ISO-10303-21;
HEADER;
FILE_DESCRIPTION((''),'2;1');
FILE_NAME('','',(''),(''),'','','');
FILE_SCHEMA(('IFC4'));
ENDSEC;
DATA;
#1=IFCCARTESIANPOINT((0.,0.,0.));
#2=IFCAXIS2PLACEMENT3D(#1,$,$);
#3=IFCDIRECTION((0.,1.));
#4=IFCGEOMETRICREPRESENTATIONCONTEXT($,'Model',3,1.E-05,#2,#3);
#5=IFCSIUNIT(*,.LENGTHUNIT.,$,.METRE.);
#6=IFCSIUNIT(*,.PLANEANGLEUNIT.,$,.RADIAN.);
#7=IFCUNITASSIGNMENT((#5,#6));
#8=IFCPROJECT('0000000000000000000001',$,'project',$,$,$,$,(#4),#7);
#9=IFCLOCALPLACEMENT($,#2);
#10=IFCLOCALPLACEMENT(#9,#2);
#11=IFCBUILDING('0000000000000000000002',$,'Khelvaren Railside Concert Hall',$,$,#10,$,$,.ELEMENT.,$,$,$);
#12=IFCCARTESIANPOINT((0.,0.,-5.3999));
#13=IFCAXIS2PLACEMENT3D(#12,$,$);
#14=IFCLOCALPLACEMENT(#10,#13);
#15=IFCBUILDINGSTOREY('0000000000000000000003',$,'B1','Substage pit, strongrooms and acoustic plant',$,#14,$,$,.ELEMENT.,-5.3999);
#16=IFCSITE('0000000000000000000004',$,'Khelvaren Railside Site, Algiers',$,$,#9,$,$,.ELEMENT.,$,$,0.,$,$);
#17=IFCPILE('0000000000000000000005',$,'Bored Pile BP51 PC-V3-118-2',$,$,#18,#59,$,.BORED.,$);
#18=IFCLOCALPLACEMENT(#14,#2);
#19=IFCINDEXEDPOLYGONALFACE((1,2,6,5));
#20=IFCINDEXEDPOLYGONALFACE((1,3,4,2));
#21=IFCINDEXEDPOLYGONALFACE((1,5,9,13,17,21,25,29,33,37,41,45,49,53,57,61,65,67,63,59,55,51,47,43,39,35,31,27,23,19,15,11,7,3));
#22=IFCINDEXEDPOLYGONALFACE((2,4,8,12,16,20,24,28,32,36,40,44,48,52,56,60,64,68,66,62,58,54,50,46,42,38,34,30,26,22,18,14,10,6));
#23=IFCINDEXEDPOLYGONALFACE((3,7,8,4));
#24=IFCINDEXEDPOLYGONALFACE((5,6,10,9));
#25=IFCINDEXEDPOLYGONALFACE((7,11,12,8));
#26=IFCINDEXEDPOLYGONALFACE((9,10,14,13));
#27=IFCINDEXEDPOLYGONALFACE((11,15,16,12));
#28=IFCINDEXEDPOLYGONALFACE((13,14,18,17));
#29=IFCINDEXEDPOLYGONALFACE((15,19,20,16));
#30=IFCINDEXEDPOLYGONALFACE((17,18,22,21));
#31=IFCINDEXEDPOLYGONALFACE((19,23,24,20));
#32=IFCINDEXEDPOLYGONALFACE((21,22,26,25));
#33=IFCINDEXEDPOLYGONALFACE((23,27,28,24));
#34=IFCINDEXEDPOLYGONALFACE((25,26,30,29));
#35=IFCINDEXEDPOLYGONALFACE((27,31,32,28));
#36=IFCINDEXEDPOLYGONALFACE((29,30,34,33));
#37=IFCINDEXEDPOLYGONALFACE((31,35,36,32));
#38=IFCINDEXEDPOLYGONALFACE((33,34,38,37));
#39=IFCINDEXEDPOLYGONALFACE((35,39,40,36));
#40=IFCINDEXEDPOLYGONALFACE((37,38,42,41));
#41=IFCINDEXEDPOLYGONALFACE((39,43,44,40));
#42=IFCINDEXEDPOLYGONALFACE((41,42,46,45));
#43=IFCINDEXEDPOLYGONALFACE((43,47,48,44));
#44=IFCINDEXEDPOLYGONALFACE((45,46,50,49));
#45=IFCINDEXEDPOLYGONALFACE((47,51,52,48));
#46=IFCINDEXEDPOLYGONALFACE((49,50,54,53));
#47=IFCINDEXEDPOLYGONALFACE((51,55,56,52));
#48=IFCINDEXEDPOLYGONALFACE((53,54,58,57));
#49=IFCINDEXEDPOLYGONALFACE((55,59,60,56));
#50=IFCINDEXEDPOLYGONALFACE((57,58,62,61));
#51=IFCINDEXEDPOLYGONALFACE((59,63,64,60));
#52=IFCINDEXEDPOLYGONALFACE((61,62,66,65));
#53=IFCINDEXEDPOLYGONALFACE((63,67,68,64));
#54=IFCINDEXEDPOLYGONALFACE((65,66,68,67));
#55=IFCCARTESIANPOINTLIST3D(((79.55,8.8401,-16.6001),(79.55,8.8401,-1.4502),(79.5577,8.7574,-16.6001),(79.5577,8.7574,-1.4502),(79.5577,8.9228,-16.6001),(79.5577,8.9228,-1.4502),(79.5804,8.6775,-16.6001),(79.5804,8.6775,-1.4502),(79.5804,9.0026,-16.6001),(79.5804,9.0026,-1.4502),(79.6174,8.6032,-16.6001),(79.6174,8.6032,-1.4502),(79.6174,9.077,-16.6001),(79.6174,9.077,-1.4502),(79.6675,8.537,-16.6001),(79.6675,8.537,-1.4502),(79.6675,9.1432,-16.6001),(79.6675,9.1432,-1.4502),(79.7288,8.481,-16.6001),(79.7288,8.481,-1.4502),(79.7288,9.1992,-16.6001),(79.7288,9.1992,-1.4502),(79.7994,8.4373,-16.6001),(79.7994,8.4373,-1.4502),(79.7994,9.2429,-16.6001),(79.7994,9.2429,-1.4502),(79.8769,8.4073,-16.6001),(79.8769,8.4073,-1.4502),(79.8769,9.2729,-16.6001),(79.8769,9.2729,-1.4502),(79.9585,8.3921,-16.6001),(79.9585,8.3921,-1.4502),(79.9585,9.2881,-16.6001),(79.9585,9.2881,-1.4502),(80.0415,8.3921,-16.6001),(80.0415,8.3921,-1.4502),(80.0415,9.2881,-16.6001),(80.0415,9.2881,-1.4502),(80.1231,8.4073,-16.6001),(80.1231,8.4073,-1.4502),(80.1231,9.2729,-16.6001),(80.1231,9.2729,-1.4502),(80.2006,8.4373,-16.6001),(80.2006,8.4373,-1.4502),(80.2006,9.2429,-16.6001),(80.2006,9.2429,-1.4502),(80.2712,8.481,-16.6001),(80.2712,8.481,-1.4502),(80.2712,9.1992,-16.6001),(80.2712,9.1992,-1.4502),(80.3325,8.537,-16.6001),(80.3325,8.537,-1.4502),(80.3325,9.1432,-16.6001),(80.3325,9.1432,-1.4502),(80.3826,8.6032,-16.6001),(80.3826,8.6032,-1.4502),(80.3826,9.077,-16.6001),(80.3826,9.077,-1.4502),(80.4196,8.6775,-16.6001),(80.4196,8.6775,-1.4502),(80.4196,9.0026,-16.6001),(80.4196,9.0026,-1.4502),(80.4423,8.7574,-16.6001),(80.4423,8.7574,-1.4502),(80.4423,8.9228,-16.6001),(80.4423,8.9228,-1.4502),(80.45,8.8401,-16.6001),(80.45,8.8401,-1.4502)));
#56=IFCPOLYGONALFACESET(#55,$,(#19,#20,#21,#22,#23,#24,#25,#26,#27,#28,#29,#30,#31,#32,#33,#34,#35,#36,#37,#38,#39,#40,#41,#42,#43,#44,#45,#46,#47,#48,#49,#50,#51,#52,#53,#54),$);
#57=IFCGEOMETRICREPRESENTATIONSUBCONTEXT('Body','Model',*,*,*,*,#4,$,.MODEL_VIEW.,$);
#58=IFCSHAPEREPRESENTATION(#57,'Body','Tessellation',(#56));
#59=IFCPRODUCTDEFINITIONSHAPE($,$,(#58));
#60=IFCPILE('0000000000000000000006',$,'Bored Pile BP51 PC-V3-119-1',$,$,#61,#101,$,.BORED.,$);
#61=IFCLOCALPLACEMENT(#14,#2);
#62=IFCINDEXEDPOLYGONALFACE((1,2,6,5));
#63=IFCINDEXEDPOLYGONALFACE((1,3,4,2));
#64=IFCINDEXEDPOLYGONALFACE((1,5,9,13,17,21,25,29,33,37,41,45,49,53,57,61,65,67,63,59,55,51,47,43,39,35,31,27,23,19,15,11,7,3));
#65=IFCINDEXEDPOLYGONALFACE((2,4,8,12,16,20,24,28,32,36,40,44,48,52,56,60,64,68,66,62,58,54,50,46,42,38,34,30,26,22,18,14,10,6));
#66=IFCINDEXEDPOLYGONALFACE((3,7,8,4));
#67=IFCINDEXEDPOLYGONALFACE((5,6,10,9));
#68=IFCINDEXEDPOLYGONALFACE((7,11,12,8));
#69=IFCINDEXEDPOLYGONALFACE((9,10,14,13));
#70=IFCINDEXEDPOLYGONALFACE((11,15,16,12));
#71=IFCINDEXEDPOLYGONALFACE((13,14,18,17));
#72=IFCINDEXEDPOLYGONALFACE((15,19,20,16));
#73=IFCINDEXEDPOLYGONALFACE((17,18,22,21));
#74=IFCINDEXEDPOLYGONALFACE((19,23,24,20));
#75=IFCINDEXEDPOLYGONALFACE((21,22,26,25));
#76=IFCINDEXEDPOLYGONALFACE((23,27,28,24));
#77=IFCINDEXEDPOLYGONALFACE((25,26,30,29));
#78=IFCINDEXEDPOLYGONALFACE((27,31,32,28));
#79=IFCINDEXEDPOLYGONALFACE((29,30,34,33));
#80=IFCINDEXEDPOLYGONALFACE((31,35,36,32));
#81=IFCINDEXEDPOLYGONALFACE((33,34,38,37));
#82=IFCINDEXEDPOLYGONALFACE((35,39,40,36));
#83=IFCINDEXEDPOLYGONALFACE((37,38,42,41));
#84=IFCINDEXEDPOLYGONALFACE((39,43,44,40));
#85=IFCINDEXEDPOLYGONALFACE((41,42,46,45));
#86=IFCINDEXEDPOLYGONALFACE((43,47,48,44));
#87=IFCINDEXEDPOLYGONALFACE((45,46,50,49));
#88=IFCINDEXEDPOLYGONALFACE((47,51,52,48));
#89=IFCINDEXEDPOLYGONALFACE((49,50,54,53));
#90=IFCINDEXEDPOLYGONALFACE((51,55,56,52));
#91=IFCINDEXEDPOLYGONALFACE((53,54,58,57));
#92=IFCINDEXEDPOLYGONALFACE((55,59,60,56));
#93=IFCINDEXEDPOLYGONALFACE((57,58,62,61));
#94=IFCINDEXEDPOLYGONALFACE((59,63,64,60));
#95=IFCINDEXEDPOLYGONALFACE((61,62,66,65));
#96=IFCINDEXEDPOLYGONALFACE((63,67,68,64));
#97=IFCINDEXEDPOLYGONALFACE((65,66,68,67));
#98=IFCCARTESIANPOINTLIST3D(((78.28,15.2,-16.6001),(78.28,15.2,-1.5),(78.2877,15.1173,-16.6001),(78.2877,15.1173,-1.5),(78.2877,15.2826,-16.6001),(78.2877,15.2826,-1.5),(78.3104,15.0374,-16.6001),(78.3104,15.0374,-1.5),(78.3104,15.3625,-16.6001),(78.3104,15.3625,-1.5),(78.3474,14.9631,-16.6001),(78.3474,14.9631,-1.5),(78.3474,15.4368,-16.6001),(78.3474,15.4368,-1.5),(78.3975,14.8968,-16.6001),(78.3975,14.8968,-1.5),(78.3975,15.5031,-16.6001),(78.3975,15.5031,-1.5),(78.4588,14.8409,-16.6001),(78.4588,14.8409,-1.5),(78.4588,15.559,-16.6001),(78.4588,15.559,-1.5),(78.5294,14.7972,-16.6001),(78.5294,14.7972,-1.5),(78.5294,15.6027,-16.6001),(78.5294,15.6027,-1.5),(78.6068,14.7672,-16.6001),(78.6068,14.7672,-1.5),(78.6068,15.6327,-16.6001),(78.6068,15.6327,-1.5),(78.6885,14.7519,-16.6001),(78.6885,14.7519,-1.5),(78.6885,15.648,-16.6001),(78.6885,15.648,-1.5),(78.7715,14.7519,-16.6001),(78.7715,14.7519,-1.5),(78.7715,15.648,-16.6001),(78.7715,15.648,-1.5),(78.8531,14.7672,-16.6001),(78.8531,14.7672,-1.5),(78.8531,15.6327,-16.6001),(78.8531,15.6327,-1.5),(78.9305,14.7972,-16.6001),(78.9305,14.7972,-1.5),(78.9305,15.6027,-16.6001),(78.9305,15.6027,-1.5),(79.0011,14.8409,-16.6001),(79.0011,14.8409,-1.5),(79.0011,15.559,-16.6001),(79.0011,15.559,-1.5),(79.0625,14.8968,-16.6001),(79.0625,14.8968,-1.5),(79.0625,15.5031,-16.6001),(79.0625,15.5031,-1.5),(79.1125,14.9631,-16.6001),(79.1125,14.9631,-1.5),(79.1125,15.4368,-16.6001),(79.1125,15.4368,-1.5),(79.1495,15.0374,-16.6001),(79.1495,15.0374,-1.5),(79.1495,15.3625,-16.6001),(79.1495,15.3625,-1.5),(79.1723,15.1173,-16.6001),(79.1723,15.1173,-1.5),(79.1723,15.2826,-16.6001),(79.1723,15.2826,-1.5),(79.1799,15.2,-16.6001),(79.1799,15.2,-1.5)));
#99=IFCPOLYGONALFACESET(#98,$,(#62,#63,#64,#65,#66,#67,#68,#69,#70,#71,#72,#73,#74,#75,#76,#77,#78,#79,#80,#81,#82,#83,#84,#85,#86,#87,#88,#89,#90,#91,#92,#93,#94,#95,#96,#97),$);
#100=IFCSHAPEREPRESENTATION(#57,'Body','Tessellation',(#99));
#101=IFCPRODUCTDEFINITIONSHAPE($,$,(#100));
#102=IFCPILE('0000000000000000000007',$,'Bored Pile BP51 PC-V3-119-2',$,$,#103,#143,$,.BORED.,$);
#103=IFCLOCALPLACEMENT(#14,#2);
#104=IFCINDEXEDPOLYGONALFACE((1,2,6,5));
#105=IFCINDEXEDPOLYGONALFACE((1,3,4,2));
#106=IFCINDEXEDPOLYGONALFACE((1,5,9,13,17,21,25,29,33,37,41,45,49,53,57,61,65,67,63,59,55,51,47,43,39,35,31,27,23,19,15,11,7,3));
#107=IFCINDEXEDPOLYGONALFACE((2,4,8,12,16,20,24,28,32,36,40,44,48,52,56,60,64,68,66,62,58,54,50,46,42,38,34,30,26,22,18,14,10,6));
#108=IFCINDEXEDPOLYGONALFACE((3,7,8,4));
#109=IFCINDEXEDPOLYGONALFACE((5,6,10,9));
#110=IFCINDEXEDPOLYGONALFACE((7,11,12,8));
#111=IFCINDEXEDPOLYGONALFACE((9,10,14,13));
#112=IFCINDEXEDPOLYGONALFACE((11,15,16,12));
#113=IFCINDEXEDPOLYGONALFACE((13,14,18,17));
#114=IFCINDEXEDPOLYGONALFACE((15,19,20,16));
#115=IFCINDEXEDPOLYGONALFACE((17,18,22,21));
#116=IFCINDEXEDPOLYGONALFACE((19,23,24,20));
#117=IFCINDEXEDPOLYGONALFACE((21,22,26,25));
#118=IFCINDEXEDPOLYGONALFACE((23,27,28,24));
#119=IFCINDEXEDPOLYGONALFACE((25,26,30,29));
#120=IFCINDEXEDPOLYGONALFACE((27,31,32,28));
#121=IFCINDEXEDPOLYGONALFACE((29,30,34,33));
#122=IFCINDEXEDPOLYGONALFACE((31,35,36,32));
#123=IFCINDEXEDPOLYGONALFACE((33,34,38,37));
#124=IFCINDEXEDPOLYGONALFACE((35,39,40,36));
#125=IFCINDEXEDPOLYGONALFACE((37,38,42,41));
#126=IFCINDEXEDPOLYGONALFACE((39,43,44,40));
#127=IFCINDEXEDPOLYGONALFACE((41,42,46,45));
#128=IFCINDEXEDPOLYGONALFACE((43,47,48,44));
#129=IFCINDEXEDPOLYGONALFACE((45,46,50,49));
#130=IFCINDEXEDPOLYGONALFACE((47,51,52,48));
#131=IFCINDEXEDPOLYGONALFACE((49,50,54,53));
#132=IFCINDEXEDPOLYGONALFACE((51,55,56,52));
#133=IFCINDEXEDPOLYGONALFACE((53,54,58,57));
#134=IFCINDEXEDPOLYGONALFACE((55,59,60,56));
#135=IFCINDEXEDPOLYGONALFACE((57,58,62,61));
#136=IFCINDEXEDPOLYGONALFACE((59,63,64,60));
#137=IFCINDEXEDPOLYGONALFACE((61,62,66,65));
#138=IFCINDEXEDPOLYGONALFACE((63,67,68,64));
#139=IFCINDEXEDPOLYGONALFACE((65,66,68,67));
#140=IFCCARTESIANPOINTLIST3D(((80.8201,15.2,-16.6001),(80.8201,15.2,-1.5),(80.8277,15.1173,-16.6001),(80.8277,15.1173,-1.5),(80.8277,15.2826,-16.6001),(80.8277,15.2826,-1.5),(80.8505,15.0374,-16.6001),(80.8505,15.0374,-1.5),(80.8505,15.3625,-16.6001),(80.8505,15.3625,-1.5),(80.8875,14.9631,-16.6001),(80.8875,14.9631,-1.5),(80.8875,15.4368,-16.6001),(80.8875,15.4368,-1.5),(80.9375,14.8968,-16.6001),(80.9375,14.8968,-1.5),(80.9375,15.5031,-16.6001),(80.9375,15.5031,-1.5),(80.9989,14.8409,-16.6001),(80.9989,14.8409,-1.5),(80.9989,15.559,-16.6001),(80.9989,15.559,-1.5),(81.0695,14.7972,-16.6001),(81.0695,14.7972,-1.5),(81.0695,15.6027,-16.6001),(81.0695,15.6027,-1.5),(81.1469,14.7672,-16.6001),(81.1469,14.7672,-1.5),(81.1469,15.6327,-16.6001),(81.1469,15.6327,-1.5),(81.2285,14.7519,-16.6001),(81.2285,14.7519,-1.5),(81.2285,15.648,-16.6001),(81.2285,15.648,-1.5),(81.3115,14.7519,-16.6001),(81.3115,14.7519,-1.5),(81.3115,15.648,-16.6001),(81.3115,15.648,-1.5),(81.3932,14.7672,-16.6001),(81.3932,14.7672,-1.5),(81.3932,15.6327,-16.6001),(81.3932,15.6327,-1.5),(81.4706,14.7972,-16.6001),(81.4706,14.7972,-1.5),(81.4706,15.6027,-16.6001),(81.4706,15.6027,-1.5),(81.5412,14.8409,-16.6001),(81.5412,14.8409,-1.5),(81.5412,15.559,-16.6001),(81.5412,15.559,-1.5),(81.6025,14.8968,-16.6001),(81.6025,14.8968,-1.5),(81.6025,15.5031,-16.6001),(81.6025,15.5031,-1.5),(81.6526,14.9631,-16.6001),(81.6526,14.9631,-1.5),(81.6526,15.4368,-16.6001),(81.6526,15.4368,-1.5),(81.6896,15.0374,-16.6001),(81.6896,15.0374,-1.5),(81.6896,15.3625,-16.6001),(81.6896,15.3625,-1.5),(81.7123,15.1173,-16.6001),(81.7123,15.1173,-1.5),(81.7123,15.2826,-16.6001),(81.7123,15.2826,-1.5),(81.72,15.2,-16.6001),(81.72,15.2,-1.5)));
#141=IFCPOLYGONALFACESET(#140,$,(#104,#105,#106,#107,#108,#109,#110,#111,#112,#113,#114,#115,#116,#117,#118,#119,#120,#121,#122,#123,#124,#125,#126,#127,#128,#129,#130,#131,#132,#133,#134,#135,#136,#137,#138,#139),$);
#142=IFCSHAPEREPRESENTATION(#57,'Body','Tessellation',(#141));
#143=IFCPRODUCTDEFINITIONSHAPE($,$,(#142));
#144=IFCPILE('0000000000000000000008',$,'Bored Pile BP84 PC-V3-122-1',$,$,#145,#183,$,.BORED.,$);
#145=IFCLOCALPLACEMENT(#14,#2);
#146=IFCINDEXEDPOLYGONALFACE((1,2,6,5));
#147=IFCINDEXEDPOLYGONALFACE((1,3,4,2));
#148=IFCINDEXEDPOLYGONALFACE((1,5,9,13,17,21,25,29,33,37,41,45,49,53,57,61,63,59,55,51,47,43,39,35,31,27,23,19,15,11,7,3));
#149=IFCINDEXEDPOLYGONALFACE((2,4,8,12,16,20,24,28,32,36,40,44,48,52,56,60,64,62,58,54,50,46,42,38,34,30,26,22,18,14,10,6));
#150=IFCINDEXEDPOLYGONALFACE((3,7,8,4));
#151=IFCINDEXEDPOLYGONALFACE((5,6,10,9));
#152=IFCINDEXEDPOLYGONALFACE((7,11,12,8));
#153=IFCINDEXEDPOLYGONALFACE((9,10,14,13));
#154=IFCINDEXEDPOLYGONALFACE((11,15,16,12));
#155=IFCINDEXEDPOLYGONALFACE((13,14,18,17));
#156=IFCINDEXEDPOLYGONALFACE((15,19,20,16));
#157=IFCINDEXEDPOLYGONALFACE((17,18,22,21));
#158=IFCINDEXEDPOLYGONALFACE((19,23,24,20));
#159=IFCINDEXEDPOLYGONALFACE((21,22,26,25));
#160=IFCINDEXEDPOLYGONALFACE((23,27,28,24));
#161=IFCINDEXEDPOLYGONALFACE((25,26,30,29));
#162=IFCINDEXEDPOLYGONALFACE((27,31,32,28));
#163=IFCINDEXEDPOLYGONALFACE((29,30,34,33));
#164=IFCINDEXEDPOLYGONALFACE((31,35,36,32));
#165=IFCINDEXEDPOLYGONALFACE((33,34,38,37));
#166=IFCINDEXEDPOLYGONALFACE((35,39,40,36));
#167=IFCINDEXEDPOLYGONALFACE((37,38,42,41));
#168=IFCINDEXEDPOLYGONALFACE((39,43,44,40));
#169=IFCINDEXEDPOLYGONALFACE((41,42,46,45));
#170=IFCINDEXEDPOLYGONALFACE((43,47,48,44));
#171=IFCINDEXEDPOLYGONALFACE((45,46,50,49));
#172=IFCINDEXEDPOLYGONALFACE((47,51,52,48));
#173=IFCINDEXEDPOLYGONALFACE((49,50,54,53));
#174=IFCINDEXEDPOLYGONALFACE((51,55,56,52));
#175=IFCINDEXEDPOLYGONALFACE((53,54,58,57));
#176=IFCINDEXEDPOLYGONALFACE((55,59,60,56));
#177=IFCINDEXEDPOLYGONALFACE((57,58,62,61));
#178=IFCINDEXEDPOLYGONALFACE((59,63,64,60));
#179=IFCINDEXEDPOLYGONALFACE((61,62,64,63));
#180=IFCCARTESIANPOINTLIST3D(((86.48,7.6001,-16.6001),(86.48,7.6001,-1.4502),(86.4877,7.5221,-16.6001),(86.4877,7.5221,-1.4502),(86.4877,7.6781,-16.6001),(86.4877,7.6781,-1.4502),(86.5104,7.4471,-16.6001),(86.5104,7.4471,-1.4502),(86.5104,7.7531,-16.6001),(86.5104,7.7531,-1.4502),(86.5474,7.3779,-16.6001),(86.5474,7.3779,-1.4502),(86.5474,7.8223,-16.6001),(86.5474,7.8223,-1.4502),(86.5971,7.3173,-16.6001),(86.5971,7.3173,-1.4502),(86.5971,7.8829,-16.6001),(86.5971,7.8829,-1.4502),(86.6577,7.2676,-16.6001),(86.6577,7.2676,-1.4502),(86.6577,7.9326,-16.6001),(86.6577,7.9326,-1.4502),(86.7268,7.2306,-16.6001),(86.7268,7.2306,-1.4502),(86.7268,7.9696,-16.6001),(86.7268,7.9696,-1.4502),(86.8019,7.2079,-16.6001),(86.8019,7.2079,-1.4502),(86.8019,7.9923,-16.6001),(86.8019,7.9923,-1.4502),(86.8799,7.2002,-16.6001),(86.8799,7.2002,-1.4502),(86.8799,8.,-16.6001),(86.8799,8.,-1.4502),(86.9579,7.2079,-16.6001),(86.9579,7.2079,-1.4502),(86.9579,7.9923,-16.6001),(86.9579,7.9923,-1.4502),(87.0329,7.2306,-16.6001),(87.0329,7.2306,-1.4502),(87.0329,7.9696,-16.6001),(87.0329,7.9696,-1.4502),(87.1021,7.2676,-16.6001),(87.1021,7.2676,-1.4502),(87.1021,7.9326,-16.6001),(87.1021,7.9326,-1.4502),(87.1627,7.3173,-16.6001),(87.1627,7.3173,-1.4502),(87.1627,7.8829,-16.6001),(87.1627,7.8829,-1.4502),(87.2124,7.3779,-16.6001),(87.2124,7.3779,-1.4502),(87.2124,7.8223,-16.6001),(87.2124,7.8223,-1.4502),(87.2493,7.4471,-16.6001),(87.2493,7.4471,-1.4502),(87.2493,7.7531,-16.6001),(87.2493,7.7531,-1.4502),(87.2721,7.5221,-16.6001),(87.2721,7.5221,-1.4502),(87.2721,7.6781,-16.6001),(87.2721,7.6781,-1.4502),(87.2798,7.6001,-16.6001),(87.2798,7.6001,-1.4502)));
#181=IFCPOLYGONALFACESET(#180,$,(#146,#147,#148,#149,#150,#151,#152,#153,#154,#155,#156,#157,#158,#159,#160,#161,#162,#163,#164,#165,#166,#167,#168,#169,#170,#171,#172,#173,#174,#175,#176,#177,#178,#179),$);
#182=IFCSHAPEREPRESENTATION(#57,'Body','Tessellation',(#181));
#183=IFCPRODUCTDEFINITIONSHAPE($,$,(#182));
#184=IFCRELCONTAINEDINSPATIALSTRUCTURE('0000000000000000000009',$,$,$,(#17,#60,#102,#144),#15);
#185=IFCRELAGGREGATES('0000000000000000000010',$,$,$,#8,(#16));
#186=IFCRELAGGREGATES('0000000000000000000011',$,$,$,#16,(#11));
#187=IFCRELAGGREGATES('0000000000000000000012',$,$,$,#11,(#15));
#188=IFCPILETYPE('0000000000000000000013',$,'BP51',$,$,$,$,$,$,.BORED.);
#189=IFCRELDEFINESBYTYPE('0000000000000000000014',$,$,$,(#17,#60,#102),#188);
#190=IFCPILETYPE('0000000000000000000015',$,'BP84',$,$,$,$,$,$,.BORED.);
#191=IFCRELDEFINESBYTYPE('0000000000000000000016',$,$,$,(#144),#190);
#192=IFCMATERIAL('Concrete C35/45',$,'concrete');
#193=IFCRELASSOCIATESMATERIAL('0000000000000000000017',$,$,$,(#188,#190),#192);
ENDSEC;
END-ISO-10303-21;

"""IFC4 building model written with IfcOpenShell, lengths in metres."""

from ifc_helpers import new_model, si_unit, direction, frame, origin, origin_2d, place, context, subcontext, project, spatial, circle, extrude, material, material_profile, profile_set, type_object, element, save


model = new_model("IFC4")

# Units and contexts
model_context = context("Model", 3, precision=1e-05, world=origin(), true_north=direction((0.0, 1.0)))
body_context = subcontext(model_context, "Body", "Model", "MODEL_VIEW")
ifc_project = project(units=[si_unit("LENGTHUNIT", "METRE"), si_unit("PLANEANGLEUNIT", "RADIAN")], contexts=[model_context])

# Site, building, storey
site_placement = place(None, origin())
site = spatial("IfcSite", under=ifc_project, at=site_placement, Name="Khelvaren Railside Site, Algiers", CompositionType="ELEMENT", RefElevation=0.0)
building_placement = place(site_placement, origin())
building = spatial("IfcBuilding", under=site, at=building_placement, Name="Khelvaren Railside Concert Hall", CompositionType="ELEMENT")
storey_placement = place(building_placement, frame((0.0, 0.0, -5.3999)))
storey = spatial("IfcBuildingStorey", under=building, at=storey_placement, Name="B1", Description="Substage pit, strongrooms and acoustic plant", CompositionType="ELEMENT", Elevation=-5.3999)

# Piles
ifc_material_1 = material(Name="Concrete C35/45", Category="concrete")
ifc_material_profile_1 = material_profile(ifc_material_1, circle(Radius=0.45, at=origin_2d()), Name="BP D900")
ifc_profile_set_1 = profile_set([ifc_material_profile_1], Name="Concrete C35/45")
pile_type_1 = type_object("IfcPileType", Name="BP51", PredefinedType="BORED", material=ifc_profile_set_1)
for number, where, z_axis, x_axis, name in (
    (1, (80.0, 8.8401, -1.4502), (0.0, 0.0, -1.0), (1.0, 0.0, 0.0), "Bored Pile BP51 PC-V3-118-2"),
):
    element("IfcPile", number, at=place(storey_placement, frame(where, z_axis=z_axis, x_axis=x_axis)), inside=storey, type_object=pile_type_1, Name=name, PredefinedType="BORED", context=body_context, shape_type="SweptSolid", body=[
        extrude(circle(Radius=0.45, at=origin_2d()), origin(), (0.0, 0.0, 1.0), 15.1499),
    ])
for number, where, z_axis, x_axis, name in (
    (2, (78.73, 15.2, -1.5), (0.0, 0.0, -1.0), (1.0, 0.0, 0.0), "Bored Pile BP51 PC-V3-119-1"),
    (3, (81.27, 15.2, -1.5), (0.0, 0.0, -1.0), (1.0, 0.0, 0.0), "Bored Pile BP51 PC-V3-119-2"),
):
    element("IfcPile", number, at=place(storey_placement, frame(where, z_axis=z_axis, x_axis=x_axis)), inside=storey, type_object=pile_type_1, Name=name, PredefinedType="BORED", context=body_context, shape_type="SweptSolid", body=[
        extrude(circle(Radius=0.45, at=origin_2d()), origin(), (0.0, 0.0, 1.0), 15.1001),
    ])
ifc_material_profile_2 = material_profile(ifc_material_1, circle(Radius=0.3999, at=origin_2d()), Name="BP D800")
ifc_profile_set_2 = profile_set([ifc_material_profile_2], Name="Concrete C35/45")
pile_type_2 = type_object("IfcPileType", Name="BP84", PredefinedType="BORED", material=ifc_profile_set_2)
pile_1_placement = place(storey_placement, frame((86.8799, 7.6001, -1.4502), z_axis=(0.0, 0.0, -1.0), x_axis=(1.0, 0.0, 0.0)))
element("IfcPile", 4, at=pile_1_placement, inside=storey, type_object=pile_type_2, Name="Bored Pile BP84 PC-V3-122-1", PredefinedType="BORED", context=body_context, shape_type="SweptSolid", body=[
    extrude(circle(Radius=0.3999, at=origin_2d()), origin(), (0.0, 0.0, 1.0), 15.1499),
])

save(model, "model.ifc")
